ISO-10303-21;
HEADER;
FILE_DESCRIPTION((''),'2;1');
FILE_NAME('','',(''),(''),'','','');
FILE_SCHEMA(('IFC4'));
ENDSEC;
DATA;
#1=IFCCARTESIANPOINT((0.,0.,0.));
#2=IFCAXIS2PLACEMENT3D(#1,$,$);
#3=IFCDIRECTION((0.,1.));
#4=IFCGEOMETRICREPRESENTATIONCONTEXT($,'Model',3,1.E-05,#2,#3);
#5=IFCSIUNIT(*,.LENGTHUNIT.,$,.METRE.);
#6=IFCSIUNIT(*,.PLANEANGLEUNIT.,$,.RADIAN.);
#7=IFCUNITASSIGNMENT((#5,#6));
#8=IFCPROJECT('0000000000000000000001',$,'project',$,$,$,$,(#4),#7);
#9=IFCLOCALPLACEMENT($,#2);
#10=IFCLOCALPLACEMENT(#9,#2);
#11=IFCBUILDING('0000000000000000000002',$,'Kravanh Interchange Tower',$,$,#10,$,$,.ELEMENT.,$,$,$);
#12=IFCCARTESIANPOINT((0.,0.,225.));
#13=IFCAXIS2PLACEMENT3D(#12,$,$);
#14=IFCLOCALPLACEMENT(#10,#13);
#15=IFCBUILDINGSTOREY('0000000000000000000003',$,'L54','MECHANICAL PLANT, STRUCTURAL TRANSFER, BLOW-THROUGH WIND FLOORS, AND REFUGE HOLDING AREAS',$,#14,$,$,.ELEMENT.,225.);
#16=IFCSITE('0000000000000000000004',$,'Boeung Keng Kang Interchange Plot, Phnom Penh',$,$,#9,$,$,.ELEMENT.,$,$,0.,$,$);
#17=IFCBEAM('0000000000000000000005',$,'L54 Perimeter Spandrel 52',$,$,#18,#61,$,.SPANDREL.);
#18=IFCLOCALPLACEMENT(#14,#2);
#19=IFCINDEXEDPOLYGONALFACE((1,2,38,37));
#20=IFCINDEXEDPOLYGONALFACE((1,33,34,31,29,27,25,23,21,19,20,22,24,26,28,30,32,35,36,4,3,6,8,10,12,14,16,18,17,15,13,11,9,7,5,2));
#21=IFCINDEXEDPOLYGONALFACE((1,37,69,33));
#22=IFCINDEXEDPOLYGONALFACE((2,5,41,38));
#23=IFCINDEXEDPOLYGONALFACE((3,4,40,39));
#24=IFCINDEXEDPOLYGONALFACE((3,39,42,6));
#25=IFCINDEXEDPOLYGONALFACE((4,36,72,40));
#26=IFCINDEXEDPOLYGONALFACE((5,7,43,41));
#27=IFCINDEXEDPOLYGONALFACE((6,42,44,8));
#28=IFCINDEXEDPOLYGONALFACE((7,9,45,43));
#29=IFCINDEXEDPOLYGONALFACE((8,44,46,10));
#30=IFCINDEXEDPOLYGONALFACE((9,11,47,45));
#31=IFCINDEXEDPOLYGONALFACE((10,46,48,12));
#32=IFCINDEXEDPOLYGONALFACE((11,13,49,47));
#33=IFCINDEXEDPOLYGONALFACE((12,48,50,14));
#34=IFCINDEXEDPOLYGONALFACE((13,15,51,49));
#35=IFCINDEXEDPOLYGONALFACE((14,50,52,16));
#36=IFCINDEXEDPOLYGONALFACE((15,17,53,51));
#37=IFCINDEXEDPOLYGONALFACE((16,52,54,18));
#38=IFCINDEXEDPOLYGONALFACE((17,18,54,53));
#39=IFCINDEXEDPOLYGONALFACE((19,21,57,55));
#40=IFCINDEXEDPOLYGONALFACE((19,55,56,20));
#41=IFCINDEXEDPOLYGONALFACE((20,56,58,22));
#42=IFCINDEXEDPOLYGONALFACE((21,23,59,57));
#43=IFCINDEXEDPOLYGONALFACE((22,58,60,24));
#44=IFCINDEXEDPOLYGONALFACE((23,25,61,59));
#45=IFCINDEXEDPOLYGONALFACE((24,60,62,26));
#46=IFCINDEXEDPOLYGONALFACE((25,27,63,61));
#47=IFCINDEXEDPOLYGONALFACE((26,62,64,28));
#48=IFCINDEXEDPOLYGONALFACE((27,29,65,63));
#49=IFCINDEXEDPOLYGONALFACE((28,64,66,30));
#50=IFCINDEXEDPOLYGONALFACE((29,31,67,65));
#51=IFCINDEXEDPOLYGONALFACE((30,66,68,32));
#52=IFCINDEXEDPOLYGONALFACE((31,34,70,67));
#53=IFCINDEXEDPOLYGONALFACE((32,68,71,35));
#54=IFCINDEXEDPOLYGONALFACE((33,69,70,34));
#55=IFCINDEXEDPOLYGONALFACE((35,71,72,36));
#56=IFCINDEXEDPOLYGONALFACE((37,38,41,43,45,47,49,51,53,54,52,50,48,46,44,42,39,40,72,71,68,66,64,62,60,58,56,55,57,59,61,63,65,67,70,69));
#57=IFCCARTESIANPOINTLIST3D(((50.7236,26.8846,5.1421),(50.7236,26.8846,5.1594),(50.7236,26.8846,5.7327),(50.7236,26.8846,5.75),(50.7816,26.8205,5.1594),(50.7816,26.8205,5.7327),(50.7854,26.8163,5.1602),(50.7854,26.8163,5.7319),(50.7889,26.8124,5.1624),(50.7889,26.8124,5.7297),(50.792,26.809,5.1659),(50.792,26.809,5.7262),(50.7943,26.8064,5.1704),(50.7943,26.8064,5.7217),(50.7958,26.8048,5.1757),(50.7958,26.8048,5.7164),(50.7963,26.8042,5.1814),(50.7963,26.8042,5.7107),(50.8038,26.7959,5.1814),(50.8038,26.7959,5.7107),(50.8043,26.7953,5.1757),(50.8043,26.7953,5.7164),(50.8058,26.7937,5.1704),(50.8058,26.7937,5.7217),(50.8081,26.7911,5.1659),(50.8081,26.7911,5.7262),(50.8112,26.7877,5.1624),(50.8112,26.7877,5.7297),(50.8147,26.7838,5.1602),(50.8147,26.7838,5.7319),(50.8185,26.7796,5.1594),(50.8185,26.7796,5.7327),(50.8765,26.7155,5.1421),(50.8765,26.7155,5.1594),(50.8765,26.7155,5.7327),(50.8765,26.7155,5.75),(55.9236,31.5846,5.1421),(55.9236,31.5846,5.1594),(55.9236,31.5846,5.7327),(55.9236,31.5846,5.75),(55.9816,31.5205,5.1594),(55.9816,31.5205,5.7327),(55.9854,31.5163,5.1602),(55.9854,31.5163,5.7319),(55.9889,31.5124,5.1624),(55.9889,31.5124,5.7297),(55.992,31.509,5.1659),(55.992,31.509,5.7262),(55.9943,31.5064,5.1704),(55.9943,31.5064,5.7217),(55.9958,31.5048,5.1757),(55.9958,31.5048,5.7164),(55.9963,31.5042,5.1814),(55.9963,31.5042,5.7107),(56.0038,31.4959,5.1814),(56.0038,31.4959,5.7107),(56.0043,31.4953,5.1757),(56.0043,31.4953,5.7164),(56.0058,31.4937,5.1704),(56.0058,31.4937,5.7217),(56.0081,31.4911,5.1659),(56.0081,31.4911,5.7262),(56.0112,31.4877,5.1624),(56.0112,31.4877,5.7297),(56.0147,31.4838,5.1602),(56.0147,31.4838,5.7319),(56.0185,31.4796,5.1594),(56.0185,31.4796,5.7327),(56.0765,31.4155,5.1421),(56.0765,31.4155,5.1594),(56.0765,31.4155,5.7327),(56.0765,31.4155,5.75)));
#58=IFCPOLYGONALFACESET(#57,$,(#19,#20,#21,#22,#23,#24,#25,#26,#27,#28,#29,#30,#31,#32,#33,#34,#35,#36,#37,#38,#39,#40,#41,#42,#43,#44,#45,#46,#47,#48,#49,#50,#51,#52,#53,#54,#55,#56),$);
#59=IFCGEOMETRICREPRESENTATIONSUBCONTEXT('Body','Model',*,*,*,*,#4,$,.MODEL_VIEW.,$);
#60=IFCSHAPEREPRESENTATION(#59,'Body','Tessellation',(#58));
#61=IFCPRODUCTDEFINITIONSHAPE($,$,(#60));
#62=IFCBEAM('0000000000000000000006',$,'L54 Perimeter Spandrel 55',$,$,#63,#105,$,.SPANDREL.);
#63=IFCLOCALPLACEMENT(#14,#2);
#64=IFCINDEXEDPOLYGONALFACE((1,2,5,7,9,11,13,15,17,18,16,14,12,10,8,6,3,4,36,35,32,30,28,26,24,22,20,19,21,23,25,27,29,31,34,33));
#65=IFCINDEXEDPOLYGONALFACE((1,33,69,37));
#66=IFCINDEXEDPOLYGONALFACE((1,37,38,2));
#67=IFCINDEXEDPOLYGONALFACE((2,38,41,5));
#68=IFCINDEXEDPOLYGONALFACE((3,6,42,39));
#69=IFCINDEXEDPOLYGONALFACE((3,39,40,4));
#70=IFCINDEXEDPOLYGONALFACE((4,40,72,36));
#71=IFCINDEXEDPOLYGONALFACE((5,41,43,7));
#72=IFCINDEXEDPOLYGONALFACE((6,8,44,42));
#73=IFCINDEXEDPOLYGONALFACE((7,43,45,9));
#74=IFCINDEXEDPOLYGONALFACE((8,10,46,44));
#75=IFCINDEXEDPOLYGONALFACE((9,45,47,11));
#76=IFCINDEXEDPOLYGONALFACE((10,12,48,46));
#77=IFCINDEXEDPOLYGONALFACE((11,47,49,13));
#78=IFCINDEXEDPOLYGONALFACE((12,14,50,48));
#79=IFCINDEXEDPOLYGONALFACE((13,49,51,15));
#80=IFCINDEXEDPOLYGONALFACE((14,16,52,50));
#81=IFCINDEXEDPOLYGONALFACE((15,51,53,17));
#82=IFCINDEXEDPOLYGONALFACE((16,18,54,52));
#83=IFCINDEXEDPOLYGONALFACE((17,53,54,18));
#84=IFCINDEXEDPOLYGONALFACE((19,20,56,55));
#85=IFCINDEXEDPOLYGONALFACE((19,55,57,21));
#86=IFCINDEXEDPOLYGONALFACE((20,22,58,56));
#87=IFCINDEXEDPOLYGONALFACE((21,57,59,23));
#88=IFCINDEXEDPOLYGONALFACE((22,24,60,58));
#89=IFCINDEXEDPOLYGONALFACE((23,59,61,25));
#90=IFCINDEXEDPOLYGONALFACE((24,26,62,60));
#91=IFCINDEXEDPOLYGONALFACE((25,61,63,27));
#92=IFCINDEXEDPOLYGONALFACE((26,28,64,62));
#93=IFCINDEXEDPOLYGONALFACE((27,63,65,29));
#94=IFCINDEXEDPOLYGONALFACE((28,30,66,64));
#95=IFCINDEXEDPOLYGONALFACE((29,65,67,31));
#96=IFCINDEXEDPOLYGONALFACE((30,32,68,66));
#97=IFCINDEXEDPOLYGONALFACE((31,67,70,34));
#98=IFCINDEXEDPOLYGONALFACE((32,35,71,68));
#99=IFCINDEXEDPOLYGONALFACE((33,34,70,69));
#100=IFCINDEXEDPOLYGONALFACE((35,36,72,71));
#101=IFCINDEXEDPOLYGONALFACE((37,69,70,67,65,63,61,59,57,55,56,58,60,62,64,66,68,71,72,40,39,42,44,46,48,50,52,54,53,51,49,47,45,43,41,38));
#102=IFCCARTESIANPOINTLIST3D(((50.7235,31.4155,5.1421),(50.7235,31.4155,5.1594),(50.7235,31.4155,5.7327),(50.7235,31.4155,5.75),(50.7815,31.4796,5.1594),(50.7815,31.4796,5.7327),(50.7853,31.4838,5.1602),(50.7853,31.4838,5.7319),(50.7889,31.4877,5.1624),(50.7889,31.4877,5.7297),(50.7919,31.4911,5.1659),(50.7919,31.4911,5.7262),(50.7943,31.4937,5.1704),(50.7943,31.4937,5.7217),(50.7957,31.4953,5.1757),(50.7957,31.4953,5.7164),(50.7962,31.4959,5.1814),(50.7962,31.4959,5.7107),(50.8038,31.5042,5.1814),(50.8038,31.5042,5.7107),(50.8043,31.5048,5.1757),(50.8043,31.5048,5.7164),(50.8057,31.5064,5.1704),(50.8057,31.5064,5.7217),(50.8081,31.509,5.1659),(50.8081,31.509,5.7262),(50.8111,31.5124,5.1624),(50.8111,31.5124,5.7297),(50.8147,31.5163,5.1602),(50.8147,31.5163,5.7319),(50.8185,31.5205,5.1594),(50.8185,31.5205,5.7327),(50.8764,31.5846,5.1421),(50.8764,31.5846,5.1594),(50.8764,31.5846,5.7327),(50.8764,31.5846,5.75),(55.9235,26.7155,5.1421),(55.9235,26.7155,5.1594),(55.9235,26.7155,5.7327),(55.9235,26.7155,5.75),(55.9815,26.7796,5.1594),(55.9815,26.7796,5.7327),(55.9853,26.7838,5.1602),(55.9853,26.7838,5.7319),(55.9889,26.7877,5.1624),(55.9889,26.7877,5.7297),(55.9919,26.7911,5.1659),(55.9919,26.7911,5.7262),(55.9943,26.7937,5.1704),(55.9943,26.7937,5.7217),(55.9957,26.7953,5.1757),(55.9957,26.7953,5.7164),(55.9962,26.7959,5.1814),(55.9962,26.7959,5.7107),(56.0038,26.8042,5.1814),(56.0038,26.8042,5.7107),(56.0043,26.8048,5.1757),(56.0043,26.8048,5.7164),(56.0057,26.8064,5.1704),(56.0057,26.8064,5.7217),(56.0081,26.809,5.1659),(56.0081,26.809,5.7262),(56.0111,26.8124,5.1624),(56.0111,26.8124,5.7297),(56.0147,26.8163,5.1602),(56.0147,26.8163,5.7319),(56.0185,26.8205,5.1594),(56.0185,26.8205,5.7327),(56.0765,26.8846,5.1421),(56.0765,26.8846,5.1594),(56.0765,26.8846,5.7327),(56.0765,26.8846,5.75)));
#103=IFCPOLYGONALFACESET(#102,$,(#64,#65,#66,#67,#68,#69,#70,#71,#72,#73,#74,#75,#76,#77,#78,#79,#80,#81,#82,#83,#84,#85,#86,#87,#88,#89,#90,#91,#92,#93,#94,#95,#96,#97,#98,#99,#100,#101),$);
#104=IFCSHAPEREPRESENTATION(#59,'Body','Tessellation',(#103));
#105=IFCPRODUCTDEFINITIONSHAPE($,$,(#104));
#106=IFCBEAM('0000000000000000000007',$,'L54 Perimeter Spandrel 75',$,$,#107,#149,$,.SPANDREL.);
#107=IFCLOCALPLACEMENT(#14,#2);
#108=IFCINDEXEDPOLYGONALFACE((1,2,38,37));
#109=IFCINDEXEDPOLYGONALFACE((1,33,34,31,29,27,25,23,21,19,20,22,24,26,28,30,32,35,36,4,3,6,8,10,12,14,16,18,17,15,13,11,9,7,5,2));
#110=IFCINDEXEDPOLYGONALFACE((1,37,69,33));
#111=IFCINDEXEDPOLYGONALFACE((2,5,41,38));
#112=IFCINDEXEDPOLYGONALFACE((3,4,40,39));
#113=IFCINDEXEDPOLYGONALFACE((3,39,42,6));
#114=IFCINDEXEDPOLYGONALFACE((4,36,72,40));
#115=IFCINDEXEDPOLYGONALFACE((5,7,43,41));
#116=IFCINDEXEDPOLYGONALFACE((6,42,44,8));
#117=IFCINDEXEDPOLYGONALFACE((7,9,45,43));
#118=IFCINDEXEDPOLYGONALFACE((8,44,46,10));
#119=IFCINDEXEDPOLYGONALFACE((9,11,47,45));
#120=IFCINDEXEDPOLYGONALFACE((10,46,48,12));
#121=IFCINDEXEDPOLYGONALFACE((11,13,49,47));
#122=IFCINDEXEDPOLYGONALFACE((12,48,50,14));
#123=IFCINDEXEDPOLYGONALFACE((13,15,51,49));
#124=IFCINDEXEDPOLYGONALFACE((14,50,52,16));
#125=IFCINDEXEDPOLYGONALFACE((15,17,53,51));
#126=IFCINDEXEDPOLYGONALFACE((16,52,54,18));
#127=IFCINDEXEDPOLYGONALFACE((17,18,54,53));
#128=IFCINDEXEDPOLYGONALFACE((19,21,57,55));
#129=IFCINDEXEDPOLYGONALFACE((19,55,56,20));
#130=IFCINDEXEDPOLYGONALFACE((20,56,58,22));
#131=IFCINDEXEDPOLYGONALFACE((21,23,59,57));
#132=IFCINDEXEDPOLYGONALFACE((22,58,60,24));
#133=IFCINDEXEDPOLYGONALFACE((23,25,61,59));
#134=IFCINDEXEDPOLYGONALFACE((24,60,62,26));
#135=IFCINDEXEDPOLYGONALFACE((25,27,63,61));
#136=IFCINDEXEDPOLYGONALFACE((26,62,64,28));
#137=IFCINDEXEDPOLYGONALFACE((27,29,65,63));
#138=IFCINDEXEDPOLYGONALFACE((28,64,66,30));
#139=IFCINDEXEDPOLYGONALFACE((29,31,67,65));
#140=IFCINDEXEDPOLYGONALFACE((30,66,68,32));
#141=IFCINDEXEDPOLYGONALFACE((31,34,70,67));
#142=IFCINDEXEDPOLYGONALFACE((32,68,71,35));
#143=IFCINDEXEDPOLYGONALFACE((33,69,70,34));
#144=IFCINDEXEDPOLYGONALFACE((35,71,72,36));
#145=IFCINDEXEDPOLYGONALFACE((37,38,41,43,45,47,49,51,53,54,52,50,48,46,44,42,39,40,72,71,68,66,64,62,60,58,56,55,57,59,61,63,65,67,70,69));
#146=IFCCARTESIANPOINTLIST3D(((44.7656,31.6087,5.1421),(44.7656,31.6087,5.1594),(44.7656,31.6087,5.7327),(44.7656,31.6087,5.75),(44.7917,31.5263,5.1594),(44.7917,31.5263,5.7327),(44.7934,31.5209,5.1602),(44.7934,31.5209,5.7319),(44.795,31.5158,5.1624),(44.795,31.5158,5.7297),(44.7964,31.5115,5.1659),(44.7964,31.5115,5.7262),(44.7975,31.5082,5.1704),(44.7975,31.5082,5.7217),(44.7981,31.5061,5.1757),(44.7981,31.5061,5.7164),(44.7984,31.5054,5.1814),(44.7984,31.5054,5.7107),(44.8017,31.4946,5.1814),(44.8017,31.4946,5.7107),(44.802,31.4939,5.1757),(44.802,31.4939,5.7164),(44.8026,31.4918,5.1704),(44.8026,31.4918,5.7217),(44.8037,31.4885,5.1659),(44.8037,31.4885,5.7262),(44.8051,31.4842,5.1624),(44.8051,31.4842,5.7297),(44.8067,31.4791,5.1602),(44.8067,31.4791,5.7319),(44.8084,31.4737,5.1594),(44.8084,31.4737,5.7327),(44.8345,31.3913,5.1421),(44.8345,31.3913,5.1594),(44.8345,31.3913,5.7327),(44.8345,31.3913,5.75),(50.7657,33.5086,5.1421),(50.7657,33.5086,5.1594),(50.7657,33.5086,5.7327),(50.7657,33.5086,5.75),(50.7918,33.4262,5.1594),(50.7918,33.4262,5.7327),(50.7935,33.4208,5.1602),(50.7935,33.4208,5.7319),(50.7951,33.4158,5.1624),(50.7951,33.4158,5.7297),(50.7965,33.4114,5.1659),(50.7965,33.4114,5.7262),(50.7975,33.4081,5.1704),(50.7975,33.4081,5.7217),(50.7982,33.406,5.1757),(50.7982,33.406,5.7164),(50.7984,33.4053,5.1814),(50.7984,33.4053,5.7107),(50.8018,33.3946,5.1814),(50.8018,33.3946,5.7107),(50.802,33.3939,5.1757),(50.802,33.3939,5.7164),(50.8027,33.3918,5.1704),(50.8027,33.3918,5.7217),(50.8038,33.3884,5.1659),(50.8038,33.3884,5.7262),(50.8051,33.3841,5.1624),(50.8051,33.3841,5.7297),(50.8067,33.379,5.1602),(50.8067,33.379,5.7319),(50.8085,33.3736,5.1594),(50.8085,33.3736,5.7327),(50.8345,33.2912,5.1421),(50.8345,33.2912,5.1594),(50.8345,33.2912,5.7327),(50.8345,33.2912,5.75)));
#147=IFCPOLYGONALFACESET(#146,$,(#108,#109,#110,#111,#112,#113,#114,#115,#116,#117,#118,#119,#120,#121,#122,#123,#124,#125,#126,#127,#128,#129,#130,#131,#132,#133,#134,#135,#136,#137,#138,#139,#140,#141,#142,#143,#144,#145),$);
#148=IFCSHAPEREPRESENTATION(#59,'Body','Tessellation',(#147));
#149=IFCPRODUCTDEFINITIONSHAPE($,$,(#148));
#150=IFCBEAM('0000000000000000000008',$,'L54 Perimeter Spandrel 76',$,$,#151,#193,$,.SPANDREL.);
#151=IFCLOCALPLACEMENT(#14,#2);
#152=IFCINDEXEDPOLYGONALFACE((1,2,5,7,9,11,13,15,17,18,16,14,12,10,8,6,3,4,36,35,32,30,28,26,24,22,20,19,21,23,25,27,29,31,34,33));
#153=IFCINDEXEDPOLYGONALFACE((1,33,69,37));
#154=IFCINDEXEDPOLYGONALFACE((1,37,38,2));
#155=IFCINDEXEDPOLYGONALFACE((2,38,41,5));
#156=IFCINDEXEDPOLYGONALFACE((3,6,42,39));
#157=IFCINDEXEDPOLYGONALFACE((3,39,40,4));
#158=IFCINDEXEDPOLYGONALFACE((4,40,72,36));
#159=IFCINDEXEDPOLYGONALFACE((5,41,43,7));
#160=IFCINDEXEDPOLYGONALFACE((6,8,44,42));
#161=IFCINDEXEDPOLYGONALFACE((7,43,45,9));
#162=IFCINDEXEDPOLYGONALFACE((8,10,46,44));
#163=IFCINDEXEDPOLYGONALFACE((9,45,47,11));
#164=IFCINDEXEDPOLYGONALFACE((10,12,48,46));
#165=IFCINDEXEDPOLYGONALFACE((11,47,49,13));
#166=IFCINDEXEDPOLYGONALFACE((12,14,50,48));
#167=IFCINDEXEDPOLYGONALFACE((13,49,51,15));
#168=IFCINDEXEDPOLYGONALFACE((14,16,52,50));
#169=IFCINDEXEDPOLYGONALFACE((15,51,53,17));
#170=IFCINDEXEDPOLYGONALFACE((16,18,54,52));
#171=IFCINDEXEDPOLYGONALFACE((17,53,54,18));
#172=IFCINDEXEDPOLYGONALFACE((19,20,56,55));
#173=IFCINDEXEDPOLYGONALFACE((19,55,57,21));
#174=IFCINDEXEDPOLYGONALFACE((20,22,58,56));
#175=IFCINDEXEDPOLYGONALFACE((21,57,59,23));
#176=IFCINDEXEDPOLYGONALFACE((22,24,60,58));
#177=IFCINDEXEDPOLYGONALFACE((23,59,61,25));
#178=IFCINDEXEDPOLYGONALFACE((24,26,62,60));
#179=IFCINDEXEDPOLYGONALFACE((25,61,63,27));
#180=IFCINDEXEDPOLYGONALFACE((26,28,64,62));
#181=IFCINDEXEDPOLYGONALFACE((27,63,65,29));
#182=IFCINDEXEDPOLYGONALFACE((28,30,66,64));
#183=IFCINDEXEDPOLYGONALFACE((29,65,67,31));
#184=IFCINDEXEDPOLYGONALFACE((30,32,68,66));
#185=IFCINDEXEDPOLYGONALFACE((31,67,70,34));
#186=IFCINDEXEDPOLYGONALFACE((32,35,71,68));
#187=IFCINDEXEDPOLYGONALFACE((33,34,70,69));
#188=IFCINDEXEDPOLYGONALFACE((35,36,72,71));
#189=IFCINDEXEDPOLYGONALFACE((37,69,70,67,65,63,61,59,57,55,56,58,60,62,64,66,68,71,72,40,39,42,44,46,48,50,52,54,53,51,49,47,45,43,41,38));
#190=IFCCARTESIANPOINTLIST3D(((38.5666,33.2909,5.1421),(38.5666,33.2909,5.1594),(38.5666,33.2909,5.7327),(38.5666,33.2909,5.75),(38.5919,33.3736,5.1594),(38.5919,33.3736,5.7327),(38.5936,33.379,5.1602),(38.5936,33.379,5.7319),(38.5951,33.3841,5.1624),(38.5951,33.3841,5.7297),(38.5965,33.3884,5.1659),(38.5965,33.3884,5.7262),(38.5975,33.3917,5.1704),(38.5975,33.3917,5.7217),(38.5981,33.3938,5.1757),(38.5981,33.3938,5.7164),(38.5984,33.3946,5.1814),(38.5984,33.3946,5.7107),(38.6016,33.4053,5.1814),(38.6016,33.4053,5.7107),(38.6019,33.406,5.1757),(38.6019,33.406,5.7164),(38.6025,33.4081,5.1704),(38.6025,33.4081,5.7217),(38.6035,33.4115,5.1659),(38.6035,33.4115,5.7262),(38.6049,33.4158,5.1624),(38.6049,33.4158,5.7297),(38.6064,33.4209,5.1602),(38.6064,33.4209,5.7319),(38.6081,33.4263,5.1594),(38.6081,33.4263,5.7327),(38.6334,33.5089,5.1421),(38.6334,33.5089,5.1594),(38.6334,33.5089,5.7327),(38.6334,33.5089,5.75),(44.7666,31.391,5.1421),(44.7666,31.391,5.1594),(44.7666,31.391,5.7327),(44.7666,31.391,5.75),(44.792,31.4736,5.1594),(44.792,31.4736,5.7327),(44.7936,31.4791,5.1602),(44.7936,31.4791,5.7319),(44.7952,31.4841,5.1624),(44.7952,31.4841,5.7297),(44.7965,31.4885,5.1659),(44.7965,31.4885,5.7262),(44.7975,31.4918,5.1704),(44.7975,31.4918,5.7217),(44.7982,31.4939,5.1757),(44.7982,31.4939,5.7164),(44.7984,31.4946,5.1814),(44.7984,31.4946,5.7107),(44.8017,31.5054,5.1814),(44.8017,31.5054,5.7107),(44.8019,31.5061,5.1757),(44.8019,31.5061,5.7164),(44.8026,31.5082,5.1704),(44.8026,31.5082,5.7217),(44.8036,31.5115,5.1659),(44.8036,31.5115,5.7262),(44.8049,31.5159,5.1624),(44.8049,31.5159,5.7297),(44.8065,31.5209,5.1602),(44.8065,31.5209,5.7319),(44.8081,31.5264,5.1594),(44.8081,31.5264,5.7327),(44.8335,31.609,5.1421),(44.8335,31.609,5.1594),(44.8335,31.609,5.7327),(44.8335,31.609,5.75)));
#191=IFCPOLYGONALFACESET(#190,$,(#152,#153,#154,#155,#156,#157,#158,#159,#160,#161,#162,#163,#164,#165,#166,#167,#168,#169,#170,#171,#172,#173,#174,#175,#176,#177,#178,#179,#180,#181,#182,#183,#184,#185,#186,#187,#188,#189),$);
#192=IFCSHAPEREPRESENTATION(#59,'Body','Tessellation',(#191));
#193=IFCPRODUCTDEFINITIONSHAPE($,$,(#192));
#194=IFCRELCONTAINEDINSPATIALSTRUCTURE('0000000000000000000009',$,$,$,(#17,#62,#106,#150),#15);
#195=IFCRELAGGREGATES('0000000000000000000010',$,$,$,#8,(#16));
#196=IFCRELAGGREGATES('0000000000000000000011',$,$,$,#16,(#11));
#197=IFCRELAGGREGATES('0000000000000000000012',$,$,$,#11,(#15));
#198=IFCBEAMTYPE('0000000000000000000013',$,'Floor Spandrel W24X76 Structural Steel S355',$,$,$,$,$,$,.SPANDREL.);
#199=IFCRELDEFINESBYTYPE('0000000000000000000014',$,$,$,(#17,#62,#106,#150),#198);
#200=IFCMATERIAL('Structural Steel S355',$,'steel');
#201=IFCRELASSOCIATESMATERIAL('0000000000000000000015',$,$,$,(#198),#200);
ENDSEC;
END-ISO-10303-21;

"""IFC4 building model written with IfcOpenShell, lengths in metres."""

from ifc_helpers import new_model, si_unit, direction, frame, origin, origin_2d, place, context, subcontext, project, spatial, i_section, extrude, material, material_profile, profile_set, type_object, element, save


model = new_model("IFC4")

# Units and contexts
model_context = context("Model", 3, precision=1e-05, world=origin(), true_north=direction((0.0, 1.0)))
body_context = subcontext(model_context, "Body", "Model", "MODEL_VIEW")
ifc_project = project(units=[si_unit("LENGTHUNIT", "METRE"), si_unit("PLANEANGLEUNIT", "RADIAN")], contexts=[model_context])

# Site, building, storey
site_placement = place(None, origin())
site = spatial("IfcSite", under=ifc_project, at=site_placement, Name="Boeung Keng Kang Interchange Plot, Phnom Penh", CompositionType="ELEMENT", RefElevation=0.0)
building_placement = place(site_placement, origin())
building = spatial("IfcBuilding", under=site, at=building_placement, Name="Kravanh Interchange Tower", CompositionType="ELEMENT")
storey_placement = place(building_placement, frame((0.0, 0.0, 225.0)))
storey = spatial("IfcBuildingStorey", under=building, at=storey_placement, Name="L54", Description="MECHANICAL PLANT, STRUCTURAL TRANSFER, BLOW-THROUGH WIND FLOORS, AND REFUGE HOLDING AREAS", CompositionType="ELEMENT", Elevation=225.0)

# Beams
ifc_material_1 = material(Name="Structural Steel S355", Category="steel")
ifc_material_profile_1 = material_profile(ifc_material_1, i_section(OverallWidth=0.228, OverallDepth=0.6079, WebThickness=0.0112, FlangeThickness=0.0173, FilletRadius=0.022, at=origin_2d()), Name="W24X76")
ifc_profile_set_1 = profile_set([ifc_material_profile_1], Name="Structural Steel S355")
beam_type_1 = type_object("IfcBeamType", Name="Floor Spandrel W24X76 Structural Steel S355", PredefinedType="SPANDREL", material=ifc_profile_set_1)
for number, where, z_axis, x_axis, name in (
    (1, (50.8, 26.8, 5.446), (0.741874, 0.670539, 0.0), (-0.670539, 0.741874, 0.0), "L54 Perimeter Spandrel 52"),
    (2, (56.0, 26.8, 5.446), (-0.741874, 0.670539, 0.0), (-0.670539, -0.741874, 0.0), "L54 Perimeter Spandrel 55"),
):
    element("IfcBeam", number, at=place(storey_placement, frame(where, z_axis=z_axis, x_axis=x_axis)), inside=storey, type_object=beam_type_1, Name=name, PredefinedType="SPANDREL", context=body_context, shape_type="SweptSolid", body=[
        extrude(i_section(OverallWidth=0.228, OverallDepth=0.6079, WebThickness=0.0112, FlangeThickness=0.0173, FilletRadius=0.022, at=origin_2d()), origin(), (0.0, 0.0, 1.0), 7.0093),
    ])
beam_1_placement = place(storey_placement, frame((44.8, 31.5, 5.446), z_axis=(0.953347, 0.301878, 0.0), x_axis=(-0.301878, 0.953347, 0.0)))
element("IfcBeam", 3, at=beam_1_placement, inside=storey, type_object=beam_type_1, Name="L54 Perimeter Spandrel 75", PredefinedType="SPANDREL", context=body_context, shape_type="SweptSolid", body=[
    extrude(i_section(OverallWidth=0.228, OverallDepth=0.6079, WebThickness=0.0112, FlangeThickness=0.0173, FilletRadius=0.022, at=origin_2d()), origin(), (0.0, 0.0, 1.0), 6.2937),
])
beam_2_placement = place(storey_placement, frame((44.8, 31.5, 5.446), z_axis=(-0.956115, 0.29299, 0.0), x_axis=(-0.29299, -0.956115, 0.0)))
element("IfcBeam", 4, at=beam_2_placement, inside=storey, type_object=beam_type_1, Name="L54 Perimeter Spandrel 76", PredefinedType="SPANDREL", context=body_context, shape_type="SweptSolid", body=[
    extrude(i_section(OverallWidth=0.228, OverallDepth=0.6079, WebThickness=0.0112, FlangeThickness=0.0173, FilletRadius=0.022, at=origin_2d()), origin(), (0.0, 0.0, 1.0), 6.4846),
])

save(model, "model.ifc")
